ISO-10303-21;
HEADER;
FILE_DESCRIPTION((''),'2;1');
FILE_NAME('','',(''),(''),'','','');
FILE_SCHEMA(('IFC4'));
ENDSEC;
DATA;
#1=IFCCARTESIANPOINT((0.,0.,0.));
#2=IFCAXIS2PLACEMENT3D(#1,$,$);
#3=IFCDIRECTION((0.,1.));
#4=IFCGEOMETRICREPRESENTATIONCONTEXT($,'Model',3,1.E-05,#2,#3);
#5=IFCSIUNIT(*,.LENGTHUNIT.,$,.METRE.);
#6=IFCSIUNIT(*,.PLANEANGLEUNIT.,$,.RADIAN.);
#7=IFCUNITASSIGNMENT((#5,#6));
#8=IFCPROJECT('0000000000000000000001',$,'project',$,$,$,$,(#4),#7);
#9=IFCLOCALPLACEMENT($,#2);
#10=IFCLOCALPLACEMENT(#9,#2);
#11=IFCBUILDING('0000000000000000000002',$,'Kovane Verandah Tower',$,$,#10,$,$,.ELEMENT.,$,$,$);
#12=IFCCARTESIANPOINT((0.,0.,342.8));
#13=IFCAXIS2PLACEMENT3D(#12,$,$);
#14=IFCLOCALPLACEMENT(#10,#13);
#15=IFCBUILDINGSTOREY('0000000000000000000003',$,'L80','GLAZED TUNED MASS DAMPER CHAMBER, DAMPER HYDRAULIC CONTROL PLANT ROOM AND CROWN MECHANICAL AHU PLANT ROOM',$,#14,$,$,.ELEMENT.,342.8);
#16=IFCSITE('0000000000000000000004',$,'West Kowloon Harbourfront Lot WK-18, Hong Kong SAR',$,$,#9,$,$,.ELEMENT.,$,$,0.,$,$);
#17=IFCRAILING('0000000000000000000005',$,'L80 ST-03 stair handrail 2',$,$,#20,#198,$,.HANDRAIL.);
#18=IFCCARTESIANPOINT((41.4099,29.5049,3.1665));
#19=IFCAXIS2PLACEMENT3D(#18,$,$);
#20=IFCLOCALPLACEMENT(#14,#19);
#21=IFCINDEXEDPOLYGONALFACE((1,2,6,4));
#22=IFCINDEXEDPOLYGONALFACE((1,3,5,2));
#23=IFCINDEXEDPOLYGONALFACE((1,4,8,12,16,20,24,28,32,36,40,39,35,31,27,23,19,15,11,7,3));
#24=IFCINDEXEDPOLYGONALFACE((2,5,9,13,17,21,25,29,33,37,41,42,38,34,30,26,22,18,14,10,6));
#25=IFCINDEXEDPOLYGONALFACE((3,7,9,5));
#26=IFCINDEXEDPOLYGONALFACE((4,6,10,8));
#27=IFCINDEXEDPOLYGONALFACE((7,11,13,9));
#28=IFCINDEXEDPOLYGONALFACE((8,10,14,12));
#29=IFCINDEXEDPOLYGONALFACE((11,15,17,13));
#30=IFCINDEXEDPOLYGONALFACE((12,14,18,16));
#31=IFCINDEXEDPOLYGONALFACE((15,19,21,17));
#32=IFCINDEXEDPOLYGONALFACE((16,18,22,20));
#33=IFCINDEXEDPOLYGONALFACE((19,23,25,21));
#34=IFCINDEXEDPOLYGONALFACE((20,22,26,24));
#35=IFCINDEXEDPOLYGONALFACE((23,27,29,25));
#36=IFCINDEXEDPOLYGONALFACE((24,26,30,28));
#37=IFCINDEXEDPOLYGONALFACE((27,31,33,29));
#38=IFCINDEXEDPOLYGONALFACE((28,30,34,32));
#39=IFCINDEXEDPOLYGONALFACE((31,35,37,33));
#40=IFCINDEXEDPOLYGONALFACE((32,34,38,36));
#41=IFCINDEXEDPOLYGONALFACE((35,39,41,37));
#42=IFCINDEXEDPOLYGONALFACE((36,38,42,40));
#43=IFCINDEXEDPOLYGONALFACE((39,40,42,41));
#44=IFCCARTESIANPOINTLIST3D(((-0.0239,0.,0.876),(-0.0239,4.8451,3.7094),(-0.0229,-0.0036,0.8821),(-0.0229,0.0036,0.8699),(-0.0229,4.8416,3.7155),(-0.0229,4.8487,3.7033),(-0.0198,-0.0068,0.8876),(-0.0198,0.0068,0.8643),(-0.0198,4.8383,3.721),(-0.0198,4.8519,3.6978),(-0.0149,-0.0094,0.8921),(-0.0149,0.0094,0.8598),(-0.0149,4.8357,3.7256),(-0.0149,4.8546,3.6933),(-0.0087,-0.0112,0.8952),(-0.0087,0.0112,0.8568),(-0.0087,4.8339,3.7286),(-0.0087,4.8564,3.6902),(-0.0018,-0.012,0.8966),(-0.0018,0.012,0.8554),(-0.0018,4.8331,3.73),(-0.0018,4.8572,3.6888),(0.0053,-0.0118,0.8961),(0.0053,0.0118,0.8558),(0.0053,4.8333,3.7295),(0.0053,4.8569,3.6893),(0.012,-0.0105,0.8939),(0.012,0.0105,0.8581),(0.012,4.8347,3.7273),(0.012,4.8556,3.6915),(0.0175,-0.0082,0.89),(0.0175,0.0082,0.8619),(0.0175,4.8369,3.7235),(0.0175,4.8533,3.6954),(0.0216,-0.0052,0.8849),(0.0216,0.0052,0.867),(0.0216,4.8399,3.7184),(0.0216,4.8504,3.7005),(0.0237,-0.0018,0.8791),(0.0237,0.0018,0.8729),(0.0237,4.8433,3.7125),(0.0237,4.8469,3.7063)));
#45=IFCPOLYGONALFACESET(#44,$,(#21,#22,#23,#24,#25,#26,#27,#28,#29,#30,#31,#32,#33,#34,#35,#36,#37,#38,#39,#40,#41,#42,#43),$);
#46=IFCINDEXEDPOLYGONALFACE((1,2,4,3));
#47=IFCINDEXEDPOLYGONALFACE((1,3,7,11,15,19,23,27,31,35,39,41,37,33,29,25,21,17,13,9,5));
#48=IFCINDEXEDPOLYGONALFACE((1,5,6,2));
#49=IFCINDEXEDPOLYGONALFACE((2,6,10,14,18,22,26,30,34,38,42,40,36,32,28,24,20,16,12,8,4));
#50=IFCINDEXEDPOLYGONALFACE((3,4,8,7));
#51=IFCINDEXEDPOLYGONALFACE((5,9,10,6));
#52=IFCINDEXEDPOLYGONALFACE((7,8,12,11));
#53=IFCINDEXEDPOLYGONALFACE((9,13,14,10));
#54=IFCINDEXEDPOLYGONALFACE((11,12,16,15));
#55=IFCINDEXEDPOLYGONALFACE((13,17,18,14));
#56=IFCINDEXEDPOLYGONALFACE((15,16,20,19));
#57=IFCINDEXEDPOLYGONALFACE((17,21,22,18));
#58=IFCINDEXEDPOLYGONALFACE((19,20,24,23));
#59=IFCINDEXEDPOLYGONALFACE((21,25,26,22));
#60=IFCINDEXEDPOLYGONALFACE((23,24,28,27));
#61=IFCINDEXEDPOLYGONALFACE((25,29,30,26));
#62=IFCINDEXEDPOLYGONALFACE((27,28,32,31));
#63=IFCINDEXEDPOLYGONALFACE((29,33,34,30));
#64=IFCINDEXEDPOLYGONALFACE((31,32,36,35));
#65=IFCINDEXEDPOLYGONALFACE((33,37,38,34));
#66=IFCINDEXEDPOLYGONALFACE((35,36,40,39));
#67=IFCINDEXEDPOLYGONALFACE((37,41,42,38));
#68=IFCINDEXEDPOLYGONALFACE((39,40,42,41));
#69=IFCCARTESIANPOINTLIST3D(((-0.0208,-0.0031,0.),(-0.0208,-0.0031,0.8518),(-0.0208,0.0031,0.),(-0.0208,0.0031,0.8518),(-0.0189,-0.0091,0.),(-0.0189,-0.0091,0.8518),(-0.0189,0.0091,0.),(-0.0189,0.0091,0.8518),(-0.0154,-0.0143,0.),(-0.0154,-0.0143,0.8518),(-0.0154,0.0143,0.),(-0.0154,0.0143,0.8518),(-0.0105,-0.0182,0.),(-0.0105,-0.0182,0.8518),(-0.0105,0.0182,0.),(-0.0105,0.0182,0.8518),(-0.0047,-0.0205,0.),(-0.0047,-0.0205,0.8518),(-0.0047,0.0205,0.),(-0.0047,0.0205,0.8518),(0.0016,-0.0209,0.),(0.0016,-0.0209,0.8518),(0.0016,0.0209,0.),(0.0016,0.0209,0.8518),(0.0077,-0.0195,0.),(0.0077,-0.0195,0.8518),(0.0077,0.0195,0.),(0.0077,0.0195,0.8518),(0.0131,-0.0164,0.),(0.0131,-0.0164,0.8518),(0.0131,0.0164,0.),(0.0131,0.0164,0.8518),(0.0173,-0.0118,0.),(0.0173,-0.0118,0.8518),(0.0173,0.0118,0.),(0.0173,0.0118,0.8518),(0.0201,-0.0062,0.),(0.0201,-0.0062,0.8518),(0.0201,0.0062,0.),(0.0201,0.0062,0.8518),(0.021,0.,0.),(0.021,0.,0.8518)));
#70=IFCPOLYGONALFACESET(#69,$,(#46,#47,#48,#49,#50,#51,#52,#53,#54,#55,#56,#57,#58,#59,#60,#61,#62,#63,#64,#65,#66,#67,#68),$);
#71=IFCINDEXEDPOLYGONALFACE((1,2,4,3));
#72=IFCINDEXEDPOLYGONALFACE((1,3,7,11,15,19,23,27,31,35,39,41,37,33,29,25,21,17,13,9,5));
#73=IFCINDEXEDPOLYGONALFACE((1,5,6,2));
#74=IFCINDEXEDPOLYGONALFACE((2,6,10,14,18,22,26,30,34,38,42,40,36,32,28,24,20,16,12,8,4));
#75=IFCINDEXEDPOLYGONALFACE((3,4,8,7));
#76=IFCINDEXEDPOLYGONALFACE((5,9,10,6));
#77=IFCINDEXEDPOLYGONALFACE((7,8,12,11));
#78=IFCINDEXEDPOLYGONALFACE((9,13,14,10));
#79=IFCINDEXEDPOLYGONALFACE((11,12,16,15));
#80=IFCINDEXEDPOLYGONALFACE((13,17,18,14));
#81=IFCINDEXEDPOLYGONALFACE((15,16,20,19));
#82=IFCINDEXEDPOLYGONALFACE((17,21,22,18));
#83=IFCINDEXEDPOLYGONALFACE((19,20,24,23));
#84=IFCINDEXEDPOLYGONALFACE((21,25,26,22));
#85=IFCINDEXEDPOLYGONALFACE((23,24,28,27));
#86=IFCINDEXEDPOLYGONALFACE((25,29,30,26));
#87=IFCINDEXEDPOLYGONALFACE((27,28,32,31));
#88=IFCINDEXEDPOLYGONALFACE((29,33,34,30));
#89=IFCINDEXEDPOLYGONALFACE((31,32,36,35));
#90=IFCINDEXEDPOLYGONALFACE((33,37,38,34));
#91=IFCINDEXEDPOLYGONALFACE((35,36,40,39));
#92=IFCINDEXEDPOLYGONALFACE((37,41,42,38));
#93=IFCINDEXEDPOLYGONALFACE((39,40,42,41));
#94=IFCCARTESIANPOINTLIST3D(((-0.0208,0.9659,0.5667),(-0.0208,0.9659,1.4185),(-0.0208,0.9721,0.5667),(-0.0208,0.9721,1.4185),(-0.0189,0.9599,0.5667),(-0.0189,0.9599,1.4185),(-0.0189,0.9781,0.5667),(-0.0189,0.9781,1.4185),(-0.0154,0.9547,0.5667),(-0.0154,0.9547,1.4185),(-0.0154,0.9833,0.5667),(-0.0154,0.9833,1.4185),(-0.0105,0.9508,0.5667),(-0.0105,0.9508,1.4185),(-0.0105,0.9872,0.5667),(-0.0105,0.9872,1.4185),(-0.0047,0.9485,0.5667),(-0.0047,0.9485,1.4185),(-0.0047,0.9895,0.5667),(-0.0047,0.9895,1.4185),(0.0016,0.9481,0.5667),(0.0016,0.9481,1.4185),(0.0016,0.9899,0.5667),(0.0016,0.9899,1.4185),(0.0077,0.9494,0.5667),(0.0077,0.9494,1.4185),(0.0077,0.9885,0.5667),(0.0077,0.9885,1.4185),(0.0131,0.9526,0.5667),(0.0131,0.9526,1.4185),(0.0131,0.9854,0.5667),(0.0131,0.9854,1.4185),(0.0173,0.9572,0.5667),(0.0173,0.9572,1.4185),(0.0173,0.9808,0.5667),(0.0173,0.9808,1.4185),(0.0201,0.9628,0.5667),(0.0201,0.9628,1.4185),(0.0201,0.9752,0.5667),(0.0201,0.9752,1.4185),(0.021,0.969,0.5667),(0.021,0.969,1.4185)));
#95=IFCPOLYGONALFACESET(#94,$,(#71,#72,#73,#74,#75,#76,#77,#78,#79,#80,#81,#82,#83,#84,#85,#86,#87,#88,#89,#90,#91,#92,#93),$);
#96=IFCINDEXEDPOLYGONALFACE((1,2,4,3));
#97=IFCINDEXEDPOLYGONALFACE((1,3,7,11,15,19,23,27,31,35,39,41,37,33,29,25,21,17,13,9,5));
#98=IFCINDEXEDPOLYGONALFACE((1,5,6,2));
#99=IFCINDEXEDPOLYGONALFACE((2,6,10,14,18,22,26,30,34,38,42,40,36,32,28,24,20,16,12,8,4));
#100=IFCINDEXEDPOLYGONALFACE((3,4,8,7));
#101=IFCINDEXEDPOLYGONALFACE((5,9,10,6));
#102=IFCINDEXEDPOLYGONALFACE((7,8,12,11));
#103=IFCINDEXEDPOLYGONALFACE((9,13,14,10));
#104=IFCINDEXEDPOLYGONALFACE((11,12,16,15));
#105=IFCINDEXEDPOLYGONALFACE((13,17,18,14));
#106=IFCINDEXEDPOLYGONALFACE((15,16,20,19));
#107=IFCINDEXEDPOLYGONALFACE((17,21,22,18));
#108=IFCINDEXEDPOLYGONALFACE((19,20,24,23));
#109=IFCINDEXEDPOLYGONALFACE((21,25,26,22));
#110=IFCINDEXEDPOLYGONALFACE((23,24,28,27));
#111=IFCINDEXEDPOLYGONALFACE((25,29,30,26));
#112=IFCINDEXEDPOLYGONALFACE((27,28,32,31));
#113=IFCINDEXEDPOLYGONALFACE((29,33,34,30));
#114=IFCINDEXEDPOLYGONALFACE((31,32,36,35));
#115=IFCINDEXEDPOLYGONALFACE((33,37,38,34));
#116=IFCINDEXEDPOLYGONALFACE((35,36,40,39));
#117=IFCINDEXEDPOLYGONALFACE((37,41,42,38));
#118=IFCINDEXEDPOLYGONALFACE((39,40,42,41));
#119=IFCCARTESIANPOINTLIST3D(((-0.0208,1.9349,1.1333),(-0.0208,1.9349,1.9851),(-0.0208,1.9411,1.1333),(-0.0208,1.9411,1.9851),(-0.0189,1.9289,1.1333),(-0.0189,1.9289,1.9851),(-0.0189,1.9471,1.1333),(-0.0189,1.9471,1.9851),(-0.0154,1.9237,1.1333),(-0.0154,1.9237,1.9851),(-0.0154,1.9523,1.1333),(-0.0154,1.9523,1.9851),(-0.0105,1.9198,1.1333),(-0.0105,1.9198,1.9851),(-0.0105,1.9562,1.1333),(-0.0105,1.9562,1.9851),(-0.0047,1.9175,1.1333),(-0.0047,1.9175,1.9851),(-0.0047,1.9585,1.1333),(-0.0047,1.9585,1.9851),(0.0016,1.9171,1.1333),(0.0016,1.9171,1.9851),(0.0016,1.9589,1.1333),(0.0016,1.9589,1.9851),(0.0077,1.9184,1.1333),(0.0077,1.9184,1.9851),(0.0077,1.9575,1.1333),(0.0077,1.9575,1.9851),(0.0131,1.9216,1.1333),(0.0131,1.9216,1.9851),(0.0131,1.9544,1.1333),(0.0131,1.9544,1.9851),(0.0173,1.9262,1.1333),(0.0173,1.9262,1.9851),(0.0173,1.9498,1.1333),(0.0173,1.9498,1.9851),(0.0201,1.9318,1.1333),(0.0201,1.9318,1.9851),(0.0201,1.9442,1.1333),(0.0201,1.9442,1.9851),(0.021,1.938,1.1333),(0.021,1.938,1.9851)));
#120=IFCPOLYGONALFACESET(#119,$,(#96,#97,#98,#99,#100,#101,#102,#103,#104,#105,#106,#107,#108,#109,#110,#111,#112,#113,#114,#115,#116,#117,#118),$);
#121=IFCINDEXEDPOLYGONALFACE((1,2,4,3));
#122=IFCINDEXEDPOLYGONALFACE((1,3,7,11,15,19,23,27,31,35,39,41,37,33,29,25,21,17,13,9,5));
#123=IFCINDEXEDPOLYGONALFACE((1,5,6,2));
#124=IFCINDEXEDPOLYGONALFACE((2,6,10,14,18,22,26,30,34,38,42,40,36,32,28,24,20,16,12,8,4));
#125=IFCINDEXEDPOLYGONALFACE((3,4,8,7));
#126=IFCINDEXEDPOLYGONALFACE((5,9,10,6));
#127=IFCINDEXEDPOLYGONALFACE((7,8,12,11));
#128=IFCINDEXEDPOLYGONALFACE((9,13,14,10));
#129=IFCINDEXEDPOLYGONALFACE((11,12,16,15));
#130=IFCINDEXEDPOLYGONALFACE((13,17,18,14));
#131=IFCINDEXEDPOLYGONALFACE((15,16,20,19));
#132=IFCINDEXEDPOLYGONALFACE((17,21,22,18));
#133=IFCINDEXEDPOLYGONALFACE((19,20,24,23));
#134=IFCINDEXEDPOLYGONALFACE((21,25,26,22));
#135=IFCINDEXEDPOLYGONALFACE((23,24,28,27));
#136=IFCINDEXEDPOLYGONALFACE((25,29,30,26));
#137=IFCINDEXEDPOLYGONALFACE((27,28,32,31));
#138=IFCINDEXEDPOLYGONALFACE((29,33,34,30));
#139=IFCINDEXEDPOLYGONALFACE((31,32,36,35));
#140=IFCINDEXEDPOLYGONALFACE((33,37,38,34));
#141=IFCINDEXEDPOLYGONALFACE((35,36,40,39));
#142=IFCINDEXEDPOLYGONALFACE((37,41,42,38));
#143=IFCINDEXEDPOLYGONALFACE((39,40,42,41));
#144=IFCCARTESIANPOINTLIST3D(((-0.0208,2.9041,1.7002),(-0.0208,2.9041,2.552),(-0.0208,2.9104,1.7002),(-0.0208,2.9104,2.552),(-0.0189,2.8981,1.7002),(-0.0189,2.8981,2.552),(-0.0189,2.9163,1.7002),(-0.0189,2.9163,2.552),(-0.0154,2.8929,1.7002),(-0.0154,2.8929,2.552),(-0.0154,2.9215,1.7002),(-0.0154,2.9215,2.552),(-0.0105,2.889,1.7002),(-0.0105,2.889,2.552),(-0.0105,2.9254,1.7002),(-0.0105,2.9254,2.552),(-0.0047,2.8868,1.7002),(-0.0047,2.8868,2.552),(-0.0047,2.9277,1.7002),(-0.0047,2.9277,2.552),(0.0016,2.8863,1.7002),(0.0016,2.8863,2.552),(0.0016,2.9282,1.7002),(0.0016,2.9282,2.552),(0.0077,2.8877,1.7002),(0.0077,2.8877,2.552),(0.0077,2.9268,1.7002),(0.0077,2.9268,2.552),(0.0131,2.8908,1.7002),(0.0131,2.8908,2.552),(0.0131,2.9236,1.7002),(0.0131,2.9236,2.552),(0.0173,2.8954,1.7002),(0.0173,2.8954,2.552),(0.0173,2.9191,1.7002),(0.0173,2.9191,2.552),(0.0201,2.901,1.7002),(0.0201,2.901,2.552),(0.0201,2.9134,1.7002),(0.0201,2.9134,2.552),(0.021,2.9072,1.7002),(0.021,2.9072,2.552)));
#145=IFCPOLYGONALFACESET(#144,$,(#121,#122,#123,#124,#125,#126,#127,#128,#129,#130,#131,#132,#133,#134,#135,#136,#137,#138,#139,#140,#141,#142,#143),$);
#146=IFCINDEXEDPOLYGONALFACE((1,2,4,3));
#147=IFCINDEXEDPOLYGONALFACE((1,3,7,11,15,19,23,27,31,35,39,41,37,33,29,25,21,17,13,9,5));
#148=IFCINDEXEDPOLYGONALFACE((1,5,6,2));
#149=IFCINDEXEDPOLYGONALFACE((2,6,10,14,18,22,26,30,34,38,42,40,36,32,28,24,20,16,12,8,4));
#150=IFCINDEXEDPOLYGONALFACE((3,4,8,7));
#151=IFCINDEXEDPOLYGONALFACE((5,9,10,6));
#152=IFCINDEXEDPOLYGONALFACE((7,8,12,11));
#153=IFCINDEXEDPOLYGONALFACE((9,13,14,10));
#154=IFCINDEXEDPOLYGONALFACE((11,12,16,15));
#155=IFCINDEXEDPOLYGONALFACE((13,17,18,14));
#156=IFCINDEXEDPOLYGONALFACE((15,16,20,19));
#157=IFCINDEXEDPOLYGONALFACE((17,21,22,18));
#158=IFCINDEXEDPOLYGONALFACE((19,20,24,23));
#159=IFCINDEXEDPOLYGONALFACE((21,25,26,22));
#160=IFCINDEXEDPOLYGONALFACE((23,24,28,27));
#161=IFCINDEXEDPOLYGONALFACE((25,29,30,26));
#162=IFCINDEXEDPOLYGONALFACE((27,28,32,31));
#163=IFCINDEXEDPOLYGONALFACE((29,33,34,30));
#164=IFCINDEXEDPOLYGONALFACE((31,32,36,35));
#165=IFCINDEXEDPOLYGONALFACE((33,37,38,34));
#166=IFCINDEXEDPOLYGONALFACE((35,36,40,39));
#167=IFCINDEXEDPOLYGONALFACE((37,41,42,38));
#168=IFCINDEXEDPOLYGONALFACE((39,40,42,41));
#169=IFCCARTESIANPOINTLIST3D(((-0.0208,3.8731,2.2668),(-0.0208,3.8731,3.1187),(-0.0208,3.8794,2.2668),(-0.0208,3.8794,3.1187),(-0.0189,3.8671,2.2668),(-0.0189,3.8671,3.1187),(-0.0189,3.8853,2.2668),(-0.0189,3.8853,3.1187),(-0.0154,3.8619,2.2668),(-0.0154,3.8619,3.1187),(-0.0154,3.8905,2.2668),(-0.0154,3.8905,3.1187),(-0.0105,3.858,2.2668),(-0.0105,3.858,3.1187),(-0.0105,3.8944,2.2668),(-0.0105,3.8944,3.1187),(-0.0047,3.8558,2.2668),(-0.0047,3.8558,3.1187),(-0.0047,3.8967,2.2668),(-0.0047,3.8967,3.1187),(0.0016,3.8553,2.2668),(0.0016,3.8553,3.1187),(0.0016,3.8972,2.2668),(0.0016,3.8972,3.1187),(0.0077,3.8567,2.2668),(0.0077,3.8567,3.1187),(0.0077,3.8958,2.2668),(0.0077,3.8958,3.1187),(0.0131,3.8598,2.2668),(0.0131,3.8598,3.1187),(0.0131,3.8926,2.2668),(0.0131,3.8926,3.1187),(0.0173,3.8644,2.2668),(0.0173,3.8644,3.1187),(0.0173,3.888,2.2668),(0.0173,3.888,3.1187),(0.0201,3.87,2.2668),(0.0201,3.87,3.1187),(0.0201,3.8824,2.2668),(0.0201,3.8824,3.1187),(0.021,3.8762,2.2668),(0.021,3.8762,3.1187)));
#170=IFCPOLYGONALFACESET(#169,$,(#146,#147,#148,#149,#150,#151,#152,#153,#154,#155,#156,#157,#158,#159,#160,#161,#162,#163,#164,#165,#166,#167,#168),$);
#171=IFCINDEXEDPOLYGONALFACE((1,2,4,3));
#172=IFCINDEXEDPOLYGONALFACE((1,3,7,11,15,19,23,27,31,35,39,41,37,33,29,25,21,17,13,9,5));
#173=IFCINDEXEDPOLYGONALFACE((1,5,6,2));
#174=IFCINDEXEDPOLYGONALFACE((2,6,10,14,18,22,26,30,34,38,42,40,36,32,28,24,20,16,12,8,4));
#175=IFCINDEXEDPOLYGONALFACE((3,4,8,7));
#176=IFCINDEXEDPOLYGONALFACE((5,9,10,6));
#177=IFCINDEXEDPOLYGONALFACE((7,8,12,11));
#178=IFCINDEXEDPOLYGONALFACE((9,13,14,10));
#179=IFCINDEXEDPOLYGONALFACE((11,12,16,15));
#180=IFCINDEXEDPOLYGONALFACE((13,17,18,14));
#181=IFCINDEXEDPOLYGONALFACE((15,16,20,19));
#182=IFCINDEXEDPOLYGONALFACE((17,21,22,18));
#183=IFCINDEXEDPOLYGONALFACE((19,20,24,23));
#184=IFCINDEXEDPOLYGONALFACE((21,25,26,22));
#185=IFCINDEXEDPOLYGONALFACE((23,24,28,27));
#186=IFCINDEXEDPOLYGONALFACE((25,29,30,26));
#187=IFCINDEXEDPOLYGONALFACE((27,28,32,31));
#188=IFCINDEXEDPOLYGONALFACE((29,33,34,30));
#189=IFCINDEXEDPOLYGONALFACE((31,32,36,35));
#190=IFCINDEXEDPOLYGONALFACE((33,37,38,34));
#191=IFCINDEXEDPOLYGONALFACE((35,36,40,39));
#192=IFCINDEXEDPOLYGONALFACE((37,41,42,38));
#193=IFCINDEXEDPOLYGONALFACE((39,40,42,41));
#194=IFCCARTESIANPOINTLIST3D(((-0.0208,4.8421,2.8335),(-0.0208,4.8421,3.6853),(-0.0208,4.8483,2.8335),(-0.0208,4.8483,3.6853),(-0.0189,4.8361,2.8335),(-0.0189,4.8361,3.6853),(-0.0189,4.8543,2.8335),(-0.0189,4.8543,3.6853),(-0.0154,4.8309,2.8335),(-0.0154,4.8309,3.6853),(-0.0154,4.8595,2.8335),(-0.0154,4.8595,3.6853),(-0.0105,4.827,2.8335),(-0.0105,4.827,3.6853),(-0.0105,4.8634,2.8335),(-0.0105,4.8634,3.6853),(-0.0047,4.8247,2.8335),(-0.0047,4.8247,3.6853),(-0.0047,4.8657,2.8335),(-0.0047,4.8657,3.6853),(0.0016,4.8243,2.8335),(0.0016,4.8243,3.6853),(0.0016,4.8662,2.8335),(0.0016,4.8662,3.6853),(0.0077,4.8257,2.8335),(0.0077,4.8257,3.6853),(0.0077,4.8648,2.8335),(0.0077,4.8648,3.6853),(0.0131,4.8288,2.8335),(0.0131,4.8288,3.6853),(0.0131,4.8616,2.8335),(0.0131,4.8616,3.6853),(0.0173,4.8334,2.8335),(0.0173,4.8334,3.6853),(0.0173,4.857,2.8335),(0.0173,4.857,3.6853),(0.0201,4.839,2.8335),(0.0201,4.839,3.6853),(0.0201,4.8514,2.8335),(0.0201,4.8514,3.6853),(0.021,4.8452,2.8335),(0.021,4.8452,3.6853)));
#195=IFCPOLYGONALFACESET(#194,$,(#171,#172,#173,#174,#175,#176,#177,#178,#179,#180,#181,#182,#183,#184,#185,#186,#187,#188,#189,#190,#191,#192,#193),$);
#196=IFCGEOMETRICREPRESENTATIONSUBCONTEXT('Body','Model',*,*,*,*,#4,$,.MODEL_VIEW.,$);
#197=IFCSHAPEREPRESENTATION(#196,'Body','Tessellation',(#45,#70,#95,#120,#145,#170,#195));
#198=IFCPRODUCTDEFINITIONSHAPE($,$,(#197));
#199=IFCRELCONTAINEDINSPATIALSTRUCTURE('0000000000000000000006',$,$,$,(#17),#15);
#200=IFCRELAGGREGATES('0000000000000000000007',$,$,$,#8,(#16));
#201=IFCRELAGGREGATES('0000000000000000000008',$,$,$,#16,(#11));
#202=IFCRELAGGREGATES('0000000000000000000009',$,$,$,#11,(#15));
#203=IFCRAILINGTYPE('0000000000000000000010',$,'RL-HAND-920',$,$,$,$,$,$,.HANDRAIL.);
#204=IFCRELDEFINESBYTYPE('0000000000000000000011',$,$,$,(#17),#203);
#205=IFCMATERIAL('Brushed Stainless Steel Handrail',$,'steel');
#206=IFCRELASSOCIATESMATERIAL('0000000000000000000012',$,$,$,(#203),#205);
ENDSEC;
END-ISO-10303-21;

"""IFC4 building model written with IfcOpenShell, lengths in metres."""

from ifc_helpers import new_model, si_unit, direction, frame, origin, origin_2d, place, context, subcontext, project, spatial, circle, extrude, material, type_object, element, save


model = new_model("IFC4")

# Units and contexts
model_context = context("Model", 3, precision=1e-05, world=origin(), true_north=direction((0.0, 1.0)))
body_context = subcontext(model_context, "Body", "Model", "MODEL_VIEW")
ifc_project = project(units=[si_unit("LENGTHUNIT", "METRE"), si_unit("PLANEANGLEUNIT", "RADIAN")], contexts=[model_context])

# Site, building, storey
site_placement = place(None, origin())
site = spatial("IfcSite", under=ifc_project, at=site_placement, Name="West Kowloon Harbourfront Lot WK-18, Hong Kong SAR", CompositionType="ELEMENT", RefElevation=0.0)
building_placement = place(site_placement, origin())
building = spatial("IfcBuilding", under=site, at=building_placement, Name="Kovane Verandah Tower", CompositionType="ELEMENT")
storey_placement = place(building_placement, frame((0.0, 0.0, 342.8)))
storey = spatial("IfcBuildingStorey", under=building, at=storey_placement, Name="L80", Description="GLAZED TUNED MASS DAMPER CHAMBER, DAMPER HYDRAULIC CONTROL PLANT ROOM AND CROWN MECHANICAL AHU PLANT ROOM", CompositionType="ELEMENT", Elevation=342.8)

# Railing
ifc_material_1 = material(Name="Brushed Stainless Steel Handrail", Category="steel")
railing_type_1 = type_object("IfcRailingType", Name="RL-HAND-920", PredefinedType="HANDRAIL", material=ifc_material_1)
railing_1_placement = place(storey_placement, frame((41.4099, 29.5049, 3.1665)))
element("IfcRailing", 1, at=railing_1_placement, inside=storey, type_object=railing_type_1, Name="L80 ST-03 stair handrail 2", PredefinedType="HANDRAIL", context=body_context, shape_type="SweptSolid", body=[
    extrude(circle(Radius=0.0239, at=origin_2d()), frame((0.0, 0.0, 0.876), z_axis=(0.0, 0.863226, 0.504817), x_axis=(-1.0, 0.0, 0.0)), (0.0, 0.0, 1.0), 5.6128),
    extrude(circle(Radius=0.021, at=origin_2d()), origin(), (0.0, 0.0, 1.0), 0.8518),
    extrude(circle(Radius=0.021, at=origin_2d()), frame((0.0, 0.969, 0.5667)), (0.0, 0.0, 1.0), 0.8518),
    extrude(circle(Radius=0.021, at=origin_2d()), frame((0.0, 1.938, 1.1333)), (0.0, 0.0, 1.0), 0.8518),
    extrude(circle(Radius=0.021, at=origin_2d()), frame((0.0, 2.9072, 1.7002)), (0.0, 0.0, 1.0), 0.8518),
    extrude(circle(Radius=0.021, at=origin_2d()), frame((0.0, 3.8762, 2.2668)), (0.0, 0.0, 1.0), 0.8518),
    extrude(circle(Radius=0.021, at=origin_2d()), frame((0.0, 4.8452, 2.8335)), (0.0, 0.0, 1.0), 0.8518),
])

save(model, "model.ifc")
